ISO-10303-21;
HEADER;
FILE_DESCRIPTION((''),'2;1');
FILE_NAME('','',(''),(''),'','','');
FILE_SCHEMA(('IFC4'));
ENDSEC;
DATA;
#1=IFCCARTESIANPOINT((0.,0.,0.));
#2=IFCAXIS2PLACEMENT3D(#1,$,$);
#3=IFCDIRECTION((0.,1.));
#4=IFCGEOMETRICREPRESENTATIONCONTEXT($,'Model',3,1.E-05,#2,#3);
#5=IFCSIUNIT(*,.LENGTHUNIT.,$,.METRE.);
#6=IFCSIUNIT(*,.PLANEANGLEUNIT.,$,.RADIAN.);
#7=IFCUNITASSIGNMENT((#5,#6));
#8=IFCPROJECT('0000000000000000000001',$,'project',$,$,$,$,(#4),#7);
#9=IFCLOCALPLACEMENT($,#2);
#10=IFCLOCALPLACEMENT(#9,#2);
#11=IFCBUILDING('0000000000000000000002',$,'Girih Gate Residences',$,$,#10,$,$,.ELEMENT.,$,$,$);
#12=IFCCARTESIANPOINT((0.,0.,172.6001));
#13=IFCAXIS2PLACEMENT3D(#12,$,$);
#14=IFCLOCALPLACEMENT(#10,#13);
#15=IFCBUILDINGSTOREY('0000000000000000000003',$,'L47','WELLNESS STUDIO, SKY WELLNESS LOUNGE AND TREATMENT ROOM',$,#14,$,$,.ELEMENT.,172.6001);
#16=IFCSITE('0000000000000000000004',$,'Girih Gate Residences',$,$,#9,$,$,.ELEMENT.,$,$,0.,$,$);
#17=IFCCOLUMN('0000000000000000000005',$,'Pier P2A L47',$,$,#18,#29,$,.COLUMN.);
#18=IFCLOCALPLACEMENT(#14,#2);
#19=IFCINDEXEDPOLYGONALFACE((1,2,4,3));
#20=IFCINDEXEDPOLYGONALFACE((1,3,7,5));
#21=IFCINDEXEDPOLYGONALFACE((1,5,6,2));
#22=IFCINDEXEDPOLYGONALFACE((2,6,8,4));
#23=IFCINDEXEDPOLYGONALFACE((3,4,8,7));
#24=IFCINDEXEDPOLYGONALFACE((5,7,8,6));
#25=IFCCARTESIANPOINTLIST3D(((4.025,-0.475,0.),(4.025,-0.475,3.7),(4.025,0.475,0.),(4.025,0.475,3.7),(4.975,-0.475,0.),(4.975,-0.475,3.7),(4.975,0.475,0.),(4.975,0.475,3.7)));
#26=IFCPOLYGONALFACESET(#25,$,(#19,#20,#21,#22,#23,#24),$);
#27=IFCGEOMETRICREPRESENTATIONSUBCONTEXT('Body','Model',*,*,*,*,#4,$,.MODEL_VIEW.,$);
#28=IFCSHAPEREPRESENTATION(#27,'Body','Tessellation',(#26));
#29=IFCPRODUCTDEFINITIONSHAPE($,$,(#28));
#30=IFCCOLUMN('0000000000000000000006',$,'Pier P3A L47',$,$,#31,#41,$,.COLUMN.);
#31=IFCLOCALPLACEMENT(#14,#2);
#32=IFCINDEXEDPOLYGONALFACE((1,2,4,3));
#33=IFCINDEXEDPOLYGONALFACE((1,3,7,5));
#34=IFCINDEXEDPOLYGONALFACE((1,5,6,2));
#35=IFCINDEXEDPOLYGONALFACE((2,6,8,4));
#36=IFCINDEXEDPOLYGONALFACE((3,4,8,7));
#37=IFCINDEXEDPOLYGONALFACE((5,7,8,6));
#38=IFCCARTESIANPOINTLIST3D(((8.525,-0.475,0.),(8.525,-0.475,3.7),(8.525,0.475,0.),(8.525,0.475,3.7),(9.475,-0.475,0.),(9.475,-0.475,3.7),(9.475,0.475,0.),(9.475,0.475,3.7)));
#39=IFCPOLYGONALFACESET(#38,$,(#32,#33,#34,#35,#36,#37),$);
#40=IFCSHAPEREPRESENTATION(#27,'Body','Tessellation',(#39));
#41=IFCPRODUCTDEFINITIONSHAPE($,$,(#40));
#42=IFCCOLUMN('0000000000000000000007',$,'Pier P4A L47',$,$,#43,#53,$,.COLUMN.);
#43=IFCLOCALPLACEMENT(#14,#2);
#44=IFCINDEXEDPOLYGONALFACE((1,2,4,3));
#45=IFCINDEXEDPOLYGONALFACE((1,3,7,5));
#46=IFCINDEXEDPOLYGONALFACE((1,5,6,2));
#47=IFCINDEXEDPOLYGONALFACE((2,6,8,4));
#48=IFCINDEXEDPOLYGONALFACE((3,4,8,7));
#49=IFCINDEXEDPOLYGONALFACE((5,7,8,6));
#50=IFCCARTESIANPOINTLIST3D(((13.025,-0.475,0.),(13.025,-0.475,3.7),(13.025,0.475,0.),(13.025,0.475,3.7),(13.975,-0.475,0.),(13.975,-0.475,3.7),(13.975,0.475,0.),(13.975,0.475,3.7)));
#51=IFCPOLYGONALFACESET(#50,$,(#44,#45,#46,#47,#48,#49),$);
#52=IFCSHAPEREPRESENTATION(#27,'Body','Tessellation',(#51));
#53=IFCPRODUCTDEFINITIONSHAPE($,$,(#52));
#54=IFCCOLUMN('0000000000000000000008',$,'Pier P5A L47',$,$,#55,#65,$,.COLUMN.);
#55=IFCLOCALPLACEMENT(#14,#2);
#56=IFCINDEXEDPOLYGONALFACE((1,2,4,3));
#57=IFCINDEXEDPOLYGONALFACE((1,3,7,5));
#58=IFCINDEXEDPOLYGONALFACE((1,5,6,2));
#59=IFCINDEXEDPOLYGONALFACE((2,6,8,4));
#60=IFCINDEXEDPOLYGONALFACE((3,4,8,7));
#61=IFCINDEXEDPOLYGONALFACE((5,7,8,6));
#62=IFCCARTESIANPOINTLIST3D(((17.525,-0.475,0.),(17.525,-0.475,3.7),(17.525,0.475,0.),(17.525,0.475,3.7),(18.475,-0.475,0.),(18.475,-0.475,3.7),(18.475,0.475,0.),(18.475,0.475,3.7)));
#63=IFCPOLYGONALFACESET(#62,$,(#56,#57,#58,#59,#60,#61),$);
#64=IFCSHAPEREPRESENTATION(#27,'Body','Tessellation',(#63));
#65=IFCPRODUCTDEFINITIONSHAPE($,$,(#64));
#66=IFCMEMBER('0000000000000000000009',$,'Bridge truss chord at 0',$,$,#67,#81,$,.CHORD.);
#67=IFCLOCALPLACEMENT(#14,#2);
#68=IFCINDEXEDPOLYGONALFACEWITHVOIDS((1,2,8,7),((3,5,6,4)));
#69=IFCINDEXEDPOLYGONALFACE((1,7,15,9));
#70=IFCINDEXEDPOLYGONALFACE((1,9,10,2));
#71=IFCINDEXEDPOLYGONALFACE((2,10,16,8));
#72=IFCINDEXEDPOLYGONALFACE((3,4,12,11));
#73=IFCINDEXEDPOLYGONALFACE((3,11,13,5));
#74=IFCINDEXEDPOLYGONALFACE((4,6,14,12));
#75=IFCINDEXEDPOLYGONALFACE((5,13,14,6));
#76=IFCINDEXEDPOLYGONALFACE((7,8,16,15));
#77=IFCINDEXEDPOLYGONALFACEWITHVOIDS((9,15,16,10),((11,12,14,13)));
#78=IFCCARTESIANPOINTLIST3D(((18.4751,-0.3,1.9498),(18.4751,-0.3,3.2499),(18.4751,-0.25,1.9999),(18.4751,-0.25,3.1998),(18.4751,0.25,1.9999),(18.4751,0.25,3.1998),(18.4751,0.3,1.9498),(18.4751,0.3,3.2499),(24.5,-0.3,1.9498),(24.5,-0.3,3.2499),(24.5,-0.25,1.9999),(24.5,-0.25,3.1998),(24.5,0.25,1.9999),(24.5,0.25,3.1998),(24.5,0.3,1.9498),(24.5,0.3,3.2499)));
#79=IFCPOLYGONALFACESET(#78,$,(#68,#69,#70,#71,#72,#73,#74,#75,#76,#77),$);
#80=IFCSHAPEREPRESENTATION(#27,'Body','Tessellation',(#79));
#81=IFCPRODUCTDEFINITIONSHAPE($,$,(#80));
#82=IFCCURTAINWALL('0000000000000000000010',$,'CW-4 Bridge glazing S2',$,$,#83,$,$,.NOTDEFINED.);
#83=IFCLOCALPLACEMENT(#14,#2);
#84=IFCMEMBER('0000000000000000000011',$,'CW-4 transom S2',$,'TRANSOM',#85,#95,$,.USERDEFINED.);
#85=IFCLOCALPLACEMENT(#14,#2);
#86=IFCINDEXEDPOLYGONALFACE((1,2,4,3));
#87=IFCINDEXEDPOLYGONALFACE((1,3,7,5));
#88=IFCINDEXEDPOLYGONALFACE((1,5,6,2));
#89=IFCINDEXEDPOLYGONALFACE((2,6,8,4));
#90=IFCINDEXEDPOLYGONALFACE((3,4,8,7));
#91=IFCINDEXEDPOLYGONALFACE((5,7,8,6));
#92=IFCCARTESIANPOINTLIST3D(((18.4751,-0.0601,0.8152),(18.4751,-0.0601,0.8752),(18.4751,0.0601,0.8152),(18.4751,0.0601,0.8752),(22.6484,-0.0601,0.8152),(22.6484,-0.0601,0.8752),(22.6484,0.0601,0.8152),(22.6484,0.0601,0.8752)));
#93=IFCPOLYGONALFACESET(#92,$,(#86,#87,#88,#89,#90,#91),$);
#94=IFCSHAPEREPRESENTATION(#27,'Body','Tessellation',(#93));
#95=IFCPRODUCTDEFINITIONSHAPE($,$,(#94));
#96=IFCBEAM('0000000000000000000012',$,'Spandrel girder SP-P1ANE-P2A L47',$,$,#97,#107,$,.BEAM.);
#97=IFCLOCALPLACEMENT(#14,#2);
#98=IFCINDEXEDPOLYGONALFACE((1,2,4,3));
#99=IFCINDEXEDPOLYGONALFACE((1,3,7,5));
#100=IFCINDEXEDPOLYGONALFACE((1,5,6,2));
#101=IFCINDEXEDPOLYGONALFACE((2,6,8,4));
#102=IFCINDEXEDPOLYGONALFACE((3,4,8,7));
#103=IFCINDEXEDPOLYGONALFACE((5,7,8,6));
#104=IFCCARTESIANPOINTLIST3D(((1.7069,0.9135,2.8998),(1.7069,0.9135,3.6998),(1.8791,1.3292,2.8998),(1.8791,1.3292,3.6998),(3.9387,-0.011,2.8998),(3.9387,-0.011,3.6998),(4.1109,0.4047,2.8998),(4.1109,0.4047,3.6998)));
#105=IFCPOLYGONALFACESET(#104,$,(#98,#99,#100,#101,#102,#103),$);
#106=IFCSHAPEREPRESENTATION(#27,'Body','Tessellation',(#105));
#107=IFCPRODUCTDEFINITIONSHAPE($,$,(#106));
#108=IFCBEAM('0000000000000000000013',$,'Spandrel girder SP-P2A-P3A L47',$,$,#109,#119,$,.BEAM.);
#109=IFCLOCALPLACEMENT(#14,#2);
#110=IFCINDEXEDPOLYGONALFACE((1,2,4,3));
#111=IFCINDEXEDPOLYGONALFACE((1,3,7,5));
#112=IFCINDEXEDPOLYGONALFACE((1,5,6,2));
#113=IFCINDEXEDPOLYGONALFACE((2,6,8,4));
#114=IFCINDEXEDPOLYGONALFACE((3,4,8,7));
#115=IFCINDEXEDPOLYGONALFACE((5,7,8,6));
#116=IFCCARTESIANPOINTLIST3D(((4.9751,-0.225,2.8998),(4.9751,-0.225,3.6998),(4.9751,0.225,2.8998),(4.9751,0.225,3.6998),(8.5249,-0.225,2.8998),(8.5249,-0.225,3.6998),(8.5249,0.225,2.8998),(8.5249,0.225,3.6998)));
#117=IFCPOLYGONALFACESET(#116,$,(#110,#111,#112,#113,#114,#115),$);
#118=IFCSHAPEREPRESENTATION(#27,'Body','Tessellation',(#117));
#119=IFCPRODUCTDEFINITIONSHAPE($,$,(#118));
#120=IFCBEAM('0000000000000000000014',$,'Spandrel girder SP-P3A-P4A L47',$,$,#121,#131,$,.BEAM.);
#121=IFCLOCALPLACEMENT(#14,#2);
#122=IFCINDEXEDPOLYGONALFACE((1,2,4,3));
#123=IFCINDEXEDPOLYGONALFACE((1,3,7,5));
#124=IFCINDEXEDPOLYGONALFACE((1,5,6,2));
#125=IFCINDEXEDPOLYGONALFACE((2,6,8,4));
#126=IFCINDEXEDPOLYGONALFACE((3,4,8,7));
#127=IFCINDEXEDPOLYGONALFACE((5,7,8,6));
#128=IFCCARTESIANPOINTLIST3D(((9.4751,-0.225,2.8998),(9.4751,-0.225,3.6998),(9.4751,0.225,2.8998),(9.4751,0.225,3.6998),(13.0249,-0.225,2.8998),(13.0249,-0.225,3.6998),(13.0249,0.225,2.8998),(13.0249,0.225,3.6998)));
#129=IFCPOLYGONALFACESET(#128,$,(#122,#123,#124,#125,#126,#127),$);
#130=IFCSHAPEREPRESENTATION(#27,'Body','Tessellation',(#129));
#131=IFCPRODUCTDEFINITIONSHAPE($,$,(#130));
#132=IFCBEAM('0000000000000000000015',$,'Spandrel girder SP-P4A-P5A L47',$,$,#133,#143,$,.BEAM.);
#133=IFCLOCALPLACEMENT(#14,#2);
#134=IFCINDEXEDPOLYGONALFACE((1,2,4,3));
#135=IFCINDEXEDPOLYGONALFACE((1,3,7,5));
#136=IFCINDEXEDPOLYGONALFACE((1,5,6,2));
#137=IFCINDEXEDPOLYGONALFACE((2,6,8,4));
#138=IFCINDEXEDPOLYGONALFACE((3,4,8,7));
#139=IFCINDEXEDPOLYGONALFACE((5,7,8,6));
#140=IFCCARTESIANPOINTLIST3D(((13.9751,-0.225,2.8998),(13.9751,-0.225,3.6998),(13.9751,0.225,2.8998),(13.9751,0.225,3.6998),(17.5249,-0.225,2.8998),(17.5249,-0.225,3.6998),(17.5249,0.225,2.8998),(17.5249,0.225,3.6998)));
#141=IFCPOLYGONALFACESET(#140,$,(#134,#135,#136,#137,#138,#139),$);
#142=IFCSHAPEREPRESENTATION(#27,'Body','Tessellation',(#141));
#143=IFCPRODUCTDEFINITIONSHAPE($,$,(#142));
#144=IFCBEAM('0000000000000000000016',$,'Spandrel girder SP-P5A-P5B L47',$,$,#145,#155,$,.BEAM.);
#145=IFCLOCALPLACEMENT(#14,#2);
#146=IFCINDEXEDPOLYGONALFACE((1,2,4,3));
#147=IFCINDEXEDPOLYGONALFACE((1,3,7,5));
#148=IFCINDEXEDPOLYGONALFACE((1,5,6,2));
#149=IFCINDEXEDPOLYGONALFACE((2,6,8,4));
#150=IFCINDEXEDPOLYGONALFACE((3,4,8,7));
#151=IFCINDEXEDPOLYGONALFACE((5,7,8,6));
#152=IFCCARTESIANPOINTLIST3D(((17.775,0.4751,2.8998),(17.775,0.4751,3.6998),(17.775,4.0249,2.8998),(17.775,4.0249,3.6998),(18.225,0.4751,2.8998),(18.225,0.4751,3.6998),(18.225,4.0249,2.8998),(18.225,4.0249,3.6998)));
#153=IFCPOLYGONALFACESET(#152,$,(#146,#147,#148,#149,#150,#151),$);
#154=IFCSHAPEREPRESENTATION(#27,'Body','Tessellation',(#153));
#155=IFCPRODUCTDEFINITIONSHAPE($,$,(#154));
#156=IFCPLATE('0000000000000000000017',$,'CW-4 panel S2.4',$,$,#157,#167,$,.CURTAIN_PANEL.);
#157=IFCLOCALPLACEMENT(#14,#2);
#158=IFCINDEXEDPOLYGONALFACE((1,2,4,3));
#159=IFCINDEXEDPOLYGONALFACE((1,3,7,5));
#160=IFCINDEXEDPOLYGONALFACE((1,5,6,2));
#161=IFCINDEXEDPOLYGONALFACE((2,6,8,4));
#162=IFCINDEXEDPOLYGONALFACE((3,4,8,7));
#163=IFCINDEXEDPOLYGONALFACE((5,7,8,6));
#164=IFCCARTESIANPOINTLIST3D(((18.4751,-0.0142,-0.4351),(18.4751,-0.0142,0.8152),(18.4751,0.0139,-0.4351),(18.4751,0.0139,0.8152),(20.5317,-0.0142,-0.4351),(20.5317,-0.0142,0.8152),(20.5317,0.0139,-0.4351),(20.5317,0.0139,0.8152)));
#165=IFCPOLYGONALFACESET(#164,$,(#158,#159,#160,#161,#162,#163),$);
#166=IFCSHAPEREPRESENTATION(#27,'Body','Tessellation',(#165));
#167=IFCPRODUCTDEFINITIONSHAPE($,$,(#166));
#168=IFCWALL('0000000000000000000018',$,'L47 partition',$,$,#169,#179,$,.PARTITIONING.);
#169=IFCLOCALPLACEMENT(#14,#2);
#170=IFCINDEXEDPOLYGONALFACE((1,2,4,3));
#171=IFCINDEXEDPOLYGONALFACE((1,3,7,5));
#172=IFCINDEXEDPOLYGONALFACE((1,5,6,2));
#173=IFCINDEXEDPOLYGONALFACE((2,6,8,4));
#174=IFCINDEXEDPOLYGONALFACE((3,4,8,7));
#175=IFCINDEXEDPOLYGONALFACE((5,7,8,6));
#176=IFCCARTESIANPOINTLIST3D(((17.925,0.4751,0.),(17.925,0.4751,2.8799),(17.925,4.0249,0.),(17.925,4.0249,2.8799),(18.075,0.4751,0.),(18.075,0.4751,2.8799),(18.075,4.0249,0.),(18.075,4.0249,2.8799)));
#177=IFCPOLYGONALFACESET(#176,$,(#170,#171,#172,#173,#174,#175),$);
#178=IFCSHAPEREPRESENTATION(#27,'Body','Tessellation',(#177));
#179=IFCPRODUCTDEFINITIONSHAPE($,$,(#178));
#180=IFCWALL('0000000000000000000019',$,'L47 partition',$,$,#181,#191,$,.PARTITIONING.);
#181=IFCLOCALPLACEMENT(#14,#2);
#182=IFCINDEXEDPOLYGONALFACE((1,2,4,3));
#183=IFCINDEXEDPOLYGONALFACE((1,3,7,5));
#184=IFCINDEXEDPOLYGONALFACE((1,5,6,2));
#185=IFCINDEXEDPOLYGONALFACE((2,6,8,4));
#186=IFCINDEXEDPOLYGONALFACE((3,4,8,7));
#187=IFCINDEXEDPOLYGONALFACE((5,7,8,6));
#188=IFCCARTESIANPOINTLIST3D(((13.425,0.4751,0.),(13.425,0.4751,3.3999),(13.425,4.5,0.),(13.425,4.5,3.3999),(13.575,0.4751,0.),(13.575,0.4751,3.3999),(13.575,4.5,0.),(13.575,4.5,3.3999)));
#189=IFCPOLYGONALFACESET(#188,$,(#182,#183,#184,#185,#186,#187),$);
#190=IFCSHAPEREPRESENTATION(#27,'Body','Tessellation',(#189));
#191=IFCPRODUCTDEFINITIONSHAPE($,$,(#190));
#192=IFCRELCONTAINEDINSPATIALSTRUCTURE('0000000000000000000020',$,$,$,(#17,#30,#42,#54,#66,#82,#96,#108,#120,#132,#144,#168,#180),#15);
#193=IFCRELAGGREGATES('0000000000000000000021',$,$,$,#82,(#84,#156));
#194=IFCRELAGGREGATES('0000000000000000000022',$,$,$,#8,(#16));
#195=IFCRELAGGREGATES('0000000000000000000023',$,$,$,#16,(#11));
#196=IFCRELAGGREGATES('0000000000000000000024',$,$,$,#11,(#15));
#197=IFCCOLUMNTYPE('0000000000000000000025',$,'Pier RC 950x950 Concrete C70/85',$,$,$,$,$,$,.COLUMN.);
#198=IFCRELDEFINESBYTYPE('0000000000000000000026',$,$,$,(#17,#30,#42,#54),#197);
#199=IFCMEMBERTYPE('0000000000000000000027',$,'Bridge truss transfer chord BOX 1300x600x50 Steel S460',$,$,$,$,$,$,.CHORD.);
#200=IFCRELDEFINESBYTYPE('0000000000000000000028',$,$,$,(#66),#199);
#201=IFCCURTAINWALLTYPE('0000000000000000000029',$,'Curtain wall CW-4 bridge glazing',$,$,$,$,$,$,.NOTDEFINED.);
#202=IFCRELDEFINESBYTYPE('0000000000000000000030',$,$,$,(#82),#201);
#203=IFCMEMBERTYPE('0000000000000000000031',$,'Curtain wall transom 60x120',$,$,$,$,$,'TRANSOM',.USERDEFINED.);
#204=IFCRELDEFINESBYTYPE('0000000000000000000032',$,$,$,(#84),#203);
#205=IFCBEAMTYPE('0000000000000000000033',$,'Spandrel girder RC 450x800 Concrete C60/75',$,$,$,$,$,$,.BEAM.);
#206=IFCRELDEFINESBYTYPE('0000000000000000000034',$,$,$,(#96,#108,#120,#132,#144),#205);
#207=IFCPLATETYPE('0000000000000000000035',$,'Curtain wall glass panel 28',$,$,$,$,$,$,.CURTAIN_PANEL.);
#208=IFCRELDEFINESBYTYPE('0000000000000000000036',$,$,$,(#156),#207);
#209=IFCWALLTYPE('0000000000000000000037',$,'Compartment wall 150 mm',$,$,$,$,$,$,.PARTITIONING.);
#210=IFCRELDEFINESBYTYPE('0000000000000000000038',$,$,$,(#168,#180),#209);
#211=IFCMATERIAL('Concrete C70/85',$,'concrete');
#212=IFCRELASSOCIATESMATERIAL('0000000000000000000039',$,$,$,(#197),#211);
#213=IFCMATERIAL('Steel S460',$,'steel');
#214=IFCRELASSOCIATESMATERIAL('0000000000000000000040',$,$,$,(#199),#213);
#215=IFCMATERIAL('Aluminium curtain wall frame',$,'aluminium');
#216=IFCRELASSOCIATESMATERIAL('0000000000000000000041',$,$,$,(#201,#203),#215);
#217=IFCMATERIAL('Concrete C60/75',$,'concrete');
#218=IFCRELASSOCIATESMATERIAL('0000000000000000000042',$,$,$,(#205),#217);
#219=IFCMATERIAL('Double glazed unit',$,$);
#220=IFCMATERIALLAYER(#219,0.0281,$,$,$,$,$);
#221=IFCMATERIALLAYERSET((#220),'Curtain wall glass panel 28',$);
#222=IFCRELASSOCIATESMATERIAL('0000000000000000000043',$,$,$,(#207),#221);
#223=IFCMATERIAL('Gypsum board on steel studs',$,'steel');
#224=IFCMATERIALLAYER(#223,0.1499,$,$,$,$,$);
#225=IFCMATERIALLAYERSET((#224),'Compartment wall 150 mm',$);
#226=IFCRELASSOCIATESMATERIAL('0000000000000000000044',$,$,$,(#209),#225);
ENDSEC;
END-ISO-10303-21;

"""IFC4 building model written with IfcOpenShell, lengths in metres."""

from ifc_helpers import new_model, si_unit, direction, frame, frame_2d, origin, origin_2d, place, context, subcontext, project, spatial, polyline, rectangle, hollow_rectangle, outline, extrude, material, layer, layer_set, material_profile, profile_set, type_object, element, aggregate, save


model = new_model("IFC4")

# Units and contexts
model_context = context("Model", 3, precision=1e-05, world=origin(), true_north=direction((0.0, 1.0)))
body_context = subcontext(model_context, "Body", "Model", "MODEL_VIEW")
ifc_project = project(units=[si_unit("LENGTHUNIT", "METRE"), si_unit("PLANEANGLEUNIT", "RADIAN")], contexts=[model_context])

# Site, building, storey
site_placement = place(None, origin())
site = spatial("IfcSite", under=ifc_project, at=site_placement, Name="Girih Gate Residences", CompositionType="ELEMENT", RefElevation=0.0)
building_placement = place(site_placement, origin())
building = spatial("IfcBuilding", under=site, at=building_placement, Name="Girih Gate Residences", CompositionType="ELEMENT")
storey_placement = place(building_placement, frame((0.0, 0.0, 172.6001)))
storey = spatial("IfcBuildingStorey", under=building, at=storey_placement, Name="L47", Description="WELLNESS STUDIO, SKY WELLNESS LOUNGE AND TREATMENT ROOM", CompositionType="ELEMENT", Elevation=172.6001)

# Columns
ifc_material_1 = material(Name="Concrete C70/85", Category="concrete")
ifc_material_profile_1 = material_profile(ifc_material_1, rectangle(XDim=0.95, YDim=0.95, at=origin_2d()))
ifc_profile_set_1 = profile_set([ifc_material_profile_1], Name="Concrete C70/85")
column_type = type_object("IfcColumnType", Name="Pier RC 950x950 Concrete C70/85", PredefinedType="COLUMN", material=ifc_profile_set_1)
for number, where, z_axis, x_axis, name in (
    (1, (4.5, 0.0, 0.0), (0.0, 0.0, 1.0), (1.0, 0.0, 0.0), "Pier P2A L47"),
    (2, (9.0, 0.0, 0.0), (0.0, 0.0, 1.0), (1.0, 0.0, 0.0), "Pier P3A L47"),
    (3, (13.5, 0.0, 0.0), (0.0, 0.0, 1.0), (1.0, 0.0, 0.0), "Pier P4A L47"),
    (4, (18.0, 0.0, 0.0), (0.0, 0.0, 1.0), (1.0, 0.0, 0.0), "Pier P5A L47"),
):
    element("IfcColumn", number, at=place(storey_placement, frame(where, z_axis=z_axis, x_axis=x_axis)), inside=storey, type_object=column_type, Name=name, PredefinedType="COLUMN", context=body_context, shape_type="SweptSolid", body=[
        extrude(rectangle(XDim=0.95, YDim=0.95, at=origin_2d()), origin(), (0.0, 0.0, 1.0), 3.7),
    ])

# Member
ifc_material_2 = material(Name="Steel S460", Category="steel")
ifc_material_profile_2 = material_profile(ifc_material_2, hollow_rectangle(XDim=0.6001, YDim=1.3, WallThickness=0.05, at=origin_2d()))
ifc_profile_set_2 = profile_set([ifc_material_profile_2], Name="Steel S460")
member_type_1 = type_object("IfcMemberType", Name="Bridge truss transfer chord BOX 1300x600x50 Steel S460", PredefinedType="CHORD", material=ifc_profile_set_2)
member_1_placement = place(storey_placement, frame((18.4751, 0.0, 2.5999), z_axis=(1.0, 0.0, 0.0), x_axis=(0.0, 1.0, 0.0)))
element("IfcMember", 5, at=member_1_placement, inside=storey, type_object=member_type_1, Name="Bridge truss chord at 0", PredefinedType="CHORD", context=body_context, shape_type="SweptSolid", body=[
    extrude(hollow_rectangle(XDim=0.6001, YDim=1.3, WallThickness=0.05, at=origin_2d()), origin(), (0.0, 0.0, 1.0), 6.0249),
])

# Curtain wall, member
ifc_material_3 = material(Name="Aluminium curtain wall frame", Category="aluminium")
curtain_wall_type = type_object("IfcCurtainWallType", Name="Curtain wall CW-4 bridge glazing", PredefinedType="NOTDEFINED", material=ifc_material_3)
curtain_wall_placement = place(storey_placement, origin())
curtain_wall = element("IfcCurtainWall", 6, at=curtain_wall_placement, inside=storey, type_object=curtain_wall_type, Name="CW-4 Bridge glazing S2", PredefinedType="NOTDEFINED")
ifc_material_profile_3 = material_profile(ifc_material_3, rectangle(XDim=0.1201, YDim=0.0601, at=origin_2d()))
ifc_profile_set_3 = profile_set([ifc_material_profile_3], Name="Aluminium curtain wall frame")
member_type_2 = type_object("IfcMemberType", Name="Curtain wall transom 60x120", ElementType="TRANSOM", PredefinedType="USERDEFINED", material=ifc_profile_set_3)
member_2_placement = place(storey_placement, frame((18.4751, 0.0, 0.8452), z_axis=(1.0, 0.0, 0.0), x_axis=(0.0, 1.0, 0.0)))
member_2 = element("IfcMember", 7, at=member_2_placement, type_object=member_type_2, Name="CW-4 transom S2", ObjectType="TRANSOM", PredefinedType="USERDEFINED", context=body_context, shape_type="SweptSolid", body=[
    extrude(rectangle(XDim=0.1201, YDim=0.0601, at=origin_2d()), origin(), (0.0, 0.0, 1.0), 4.1733),
])

# Beams
ifc_material_4 = material(Name="Concrete C60/75", Category="concrete")
ifc_material_profile_4 = material_profile(ifc_material_4, rectangle(XDim=0.45, YDim=0.8, at=origin_2d()))
ifc_profile_set_4 = profile_set([ifc_material_profile_4], Name="Concrete C60/75")
beam_type = type_object("IfcBeamType", Name="Spandrel girder RC 450x800 Concrete C60/75", PredefinedType="BEAM", material=ifc_profile_set_4)
beam_placement = place(storey_placement, frame((1.793, 1.1213, 3.2998), z_axis=(0.92387, -0.382706, 0.0), x_axis=(0.382706, 0.92387, 0.0)))
element("IfcBeam", 8, at=beam_placement, inside=storey, type_object=beam_type, Name="Spandrel girder SP-P1ANE-P2A L47", PredefinedType="BEAM", context=body_context, shape_type="SweptSolid", body=[
    extrude(rectangle(XDim=0.45, YDim=0.8, at=origin_2d()), origin(), (0.0, 0.0, 1.0), 2.4158),
])
for number, where, z_axis, x_axis, name in (
    (9, (4.9751, 0.0, 3.2998), (1.0, 0.0, 0.0), (0.0, 1.0, 0.0), "Spandrel girder SP-P2A-P3A L47"),
    (10, (9.4751, 0.0, 3.2998), (1.0, 0.0, 0.0), (0.0, 1.0, 0.0), "Spandrel girder SP-P3A-P4A L47"),
    (11, (13.9751, 0.0, 3.2998), (1.0, 0.0, 0.0), (0.0, 1.0, 0.0), "Spandrel girder SP-P4A-P5A L47"),
    (12, (18.0, 0.4751, 3.2998), (0.0, 1.0, 0.0), (-1.0, 0.0, 0.0), "Spandrel girder SP-P5A-P5B L47"),
):
    element("IfcBeam", number, at=place(storey_placement, frame(where, z_axis=z_axis, x_axis=x_axis)), inside=storey, type_object=beam_type, Name=name, PredefinedType="BEAM", context=body_context, shape_type="SweptSolid", body=[
        extrude(rectangle(XDim=0.45, YDim=0.8, at=origin_2d()), origin(), (0.0, 0.0, 1.0), 3.5498),
    ])

# Plate
ifc_material_5 = material(Name="Double glazed unit")
ifc_layer_1 = layer(ifc_material_5, 0.0281)
ifc_layer_set_1 = layer_set([ifc_layer_1], Name="Curtain wall glass panel 28")
plate_type = type_object("IfcPlateType", Name="Curtain wall glass panel 28", PredefinedType="CURTAIN_PANEL", material=ifc_layer_set_1)
plate_placement = place(storey_placement, frame((18.4751, 0.0139, -0.4351), z_axis=(0.0, 1.0, 0.0), x_axis=(0.0, 0.0, 1.0)))
plate = element("IfcPlate", 13, at=plate_placement, type_object=plate_type, Name="CW-4 panel S2.4", PredefinedType="CURTAIN_PANEL", context=body_context, shape_type="SweptSolid", body=[
    extrude(outline(polyline([(0.0, 0.0), (1.2502, 0.0), (1.2502, 2.0566), (0.0, 2.0566), (0.0, 0.0)])), origin(), (0.0, 0.0, -1.0), 0.0281),
])
aggregate(curtain_wall, [member_2, plate])

# Walls
ifc_material_6 = material(Name="Gypsum board on steel studs", Category="steel")
ifc_layer_2 = layer(ifc_material_6, 0.1499)
ifc_layer_set_2 = layer_set([ifc_layer_2], Name="Compartment wall 150 mm")
wall_type_1 = type_object("IfcWallType", Name="Compartment wall 150 mm", PredefinedType="PARTITIONING", material=ifc_layer_set_2)
wall_1_placement = place(storey_placement, frame((18.0, 0.4751, 0.0), z_axis=(0.0, 0.0, 1.0), x_axis=(0.0, 1.0, 0.0)))
element("IfcWall", 14, at=wall_1_placement, inside=storey, type_object=wall_type_1, Name="L47 partition", PredefinedType="PARTITIONING", context=body_context, shape_type="SweptSolid", body=[
    extrude(rectangle(XDim=3.5498, YDim=0.1499, at=frame_2d((1.7749, 0.0))), origin(), (0.0, 0.0, 1.0), 2.8799),
])
wall_2_placement = place(storey_placement, frame((13.5, 0.4751, 0.0), z_axis=(0.0, 0.0, 1.0), x_axis=(0.0, 1.0, 0.0)))
element("IfcWall", 15, at=wall_2_placement, inside=storey, type_object=wall_type_1, Name="L47 partition", PredefinedType="PARTITIONING", context=body_context, shape_type="SweptSolid", body=[
    extrude(rectangle(XDim=4.0249, YDim=0.1499, at=frame_2d((2.0125, 0.0))), origin(), (0.0, 0.0, 1.0), 3.3999),
])

save(model, "model.ifc")
